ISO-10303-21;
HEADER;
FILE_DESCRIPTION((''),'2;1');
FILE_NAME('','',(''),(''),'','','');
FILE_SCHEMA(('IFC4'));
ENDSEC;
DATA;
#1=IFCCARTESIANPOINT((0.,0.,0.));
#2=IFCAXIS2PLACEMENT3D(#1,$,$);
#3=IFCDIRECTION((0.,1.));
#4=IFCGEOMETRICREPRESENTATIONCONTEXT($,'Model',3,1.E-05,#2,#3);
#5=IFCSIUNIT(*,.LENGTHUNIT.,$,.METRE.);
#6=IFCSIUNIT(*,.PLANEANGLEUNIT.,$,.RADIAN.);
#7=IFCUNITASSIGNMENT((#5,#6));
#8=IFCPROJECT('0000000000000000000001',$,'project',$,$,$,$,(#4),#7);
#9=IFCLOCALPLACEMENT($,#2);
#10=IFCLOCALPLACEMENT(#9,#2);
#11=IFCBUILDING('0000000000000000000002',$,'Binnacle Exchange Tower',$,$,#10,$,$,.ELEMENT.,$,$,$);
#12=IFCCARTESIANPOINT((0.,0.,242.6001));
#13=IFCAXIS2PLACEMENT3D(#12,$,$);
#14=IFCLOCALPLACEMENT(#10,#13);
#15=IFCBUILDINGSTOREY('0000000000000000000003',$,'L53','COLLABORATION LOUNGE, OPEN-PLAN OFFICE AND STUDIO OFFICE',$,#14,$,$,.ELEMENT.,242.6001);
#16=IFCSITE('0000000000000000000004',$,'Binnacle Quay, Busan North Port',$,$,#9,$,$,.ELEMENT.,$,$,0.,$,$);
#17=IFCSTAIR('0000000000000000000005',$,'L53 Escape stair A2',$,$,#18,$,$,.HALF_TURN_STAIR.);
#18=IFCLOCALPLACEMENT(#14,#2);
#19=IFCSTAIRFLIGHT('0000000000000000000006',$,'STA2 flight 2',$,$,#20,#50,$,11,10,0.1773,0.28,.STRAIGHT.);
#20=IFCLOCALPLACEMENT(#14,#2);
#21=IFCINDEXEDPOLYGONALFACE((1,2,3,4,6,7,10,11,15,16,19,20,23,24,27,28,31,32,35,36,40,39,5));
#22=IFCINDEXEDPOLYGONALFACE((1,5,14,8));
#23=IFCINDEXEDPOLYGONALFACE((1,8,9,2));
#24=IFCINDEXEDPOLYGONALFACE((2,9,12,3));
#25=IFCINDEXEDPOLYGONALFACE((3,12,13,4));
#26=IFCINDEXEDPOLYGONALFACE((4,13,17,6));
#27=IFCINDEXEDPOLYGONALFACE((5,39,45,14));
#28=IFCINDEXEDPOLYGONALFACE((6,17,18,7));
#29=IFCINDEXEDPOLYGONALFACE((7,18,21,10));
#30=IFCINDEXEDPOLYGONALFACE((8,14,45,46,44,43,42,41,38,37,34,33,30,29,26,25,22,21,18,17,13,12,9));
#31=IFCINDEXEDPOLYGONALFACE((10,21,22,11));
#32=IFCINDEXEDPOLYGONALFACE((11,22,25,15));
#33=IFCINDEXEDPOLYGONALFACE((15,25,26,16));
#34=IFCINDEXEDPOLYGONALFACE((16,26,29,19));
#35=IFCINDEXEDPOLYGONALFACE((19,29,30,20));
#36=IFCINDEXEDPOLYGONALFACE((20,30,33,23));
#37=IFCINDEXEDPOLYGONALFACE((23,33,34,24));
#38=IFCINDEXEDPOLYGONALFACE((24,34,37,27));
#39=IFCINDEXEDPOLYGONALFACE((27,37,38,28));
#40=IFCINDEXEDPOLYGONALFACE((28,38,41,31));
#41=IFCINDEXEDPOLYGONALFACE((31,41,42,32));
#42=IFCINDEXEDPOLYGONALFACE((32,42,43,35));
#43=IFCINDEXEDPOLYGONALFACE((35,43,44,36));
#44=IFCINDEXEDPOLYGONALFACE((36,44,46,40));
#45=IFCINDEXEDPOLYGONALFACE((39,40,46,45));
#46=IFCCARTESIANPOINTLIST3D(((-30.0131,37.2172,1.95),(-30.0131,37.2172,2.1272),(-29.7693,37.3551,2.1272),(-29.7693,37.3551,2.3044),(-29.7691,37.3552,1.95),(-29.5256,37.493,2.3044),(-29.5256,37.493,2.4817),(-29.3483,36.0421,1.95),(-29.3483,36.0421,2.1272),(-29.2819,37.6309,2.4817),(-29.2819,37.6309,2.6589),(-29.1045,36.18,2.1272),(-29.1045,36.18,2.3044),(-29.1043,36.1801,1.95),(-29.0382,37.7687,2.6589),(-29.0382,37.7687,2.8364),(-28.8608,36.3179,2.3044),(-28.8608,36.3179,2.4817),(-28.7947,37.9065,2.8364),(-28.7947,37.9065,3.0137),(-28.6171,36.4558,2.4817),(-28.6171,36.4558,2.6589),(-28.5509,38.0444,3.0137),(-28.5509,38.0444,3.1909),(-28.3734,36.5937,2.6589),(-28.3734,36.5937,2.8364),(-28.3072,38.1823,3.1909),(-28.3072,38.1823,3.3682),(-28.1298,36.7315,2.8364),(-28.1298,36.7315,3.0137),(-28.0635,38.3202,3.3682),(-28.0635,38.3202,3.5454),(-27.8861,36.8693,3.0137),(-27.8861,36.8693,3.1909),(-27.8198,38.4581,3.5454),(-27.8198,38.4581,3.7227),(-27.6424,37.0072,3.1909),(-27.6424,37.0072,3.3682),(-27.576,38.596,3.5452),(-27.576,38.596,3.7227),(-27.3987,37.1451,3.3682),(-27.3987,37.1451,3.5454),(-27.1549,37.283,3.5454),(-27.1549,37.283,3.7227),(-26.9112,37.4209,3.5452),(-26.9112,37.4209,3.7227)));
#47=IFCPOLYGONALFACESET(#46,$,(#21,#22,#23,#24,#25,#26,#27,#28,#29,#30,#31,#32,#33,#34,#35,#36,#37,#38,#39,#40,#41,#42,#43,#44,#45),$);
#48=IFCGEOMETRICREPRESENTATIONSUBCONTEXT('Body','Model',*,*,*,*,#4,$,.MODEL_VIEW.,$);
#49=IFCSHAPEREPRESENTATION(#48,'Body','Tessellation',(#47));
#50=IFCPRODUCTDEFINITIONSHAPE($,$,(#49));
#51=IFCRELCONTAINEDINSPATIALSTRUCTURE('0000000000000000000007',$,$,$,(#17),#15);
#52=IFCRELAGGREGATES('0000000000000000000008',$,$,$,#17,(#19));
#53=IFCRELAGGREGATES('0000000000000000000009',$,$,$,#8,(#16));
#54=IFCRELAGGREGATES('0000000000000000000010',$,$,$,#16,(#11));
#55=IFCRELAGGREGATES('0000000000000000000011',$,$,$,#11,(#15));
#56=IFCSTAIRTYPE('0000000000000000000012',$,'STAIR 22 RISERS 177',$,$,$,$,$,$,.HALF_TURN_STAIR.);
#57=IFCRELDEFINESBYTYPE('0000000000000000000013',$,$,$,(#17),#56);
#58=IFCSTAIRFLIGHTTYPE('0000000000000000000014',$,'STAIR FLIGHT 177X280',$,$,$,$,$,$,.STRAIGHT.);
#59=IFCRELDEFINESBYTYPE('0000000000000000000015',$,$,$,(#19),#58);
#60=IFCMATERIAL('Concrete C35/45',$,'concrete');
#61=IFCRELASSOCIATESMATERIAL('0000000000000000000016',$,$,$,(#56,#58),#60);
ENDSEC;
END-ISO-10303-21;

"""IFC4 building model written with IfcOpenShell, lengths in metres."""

from ifc_helpers import new_model, si_unit, direction, frame, origin, place, context, subcontext, project, spatial, polyline, outline, extrude, material, type_object, element, aggregate, save


model = new_model("IFC4")

# Units and contexts
model_context = context("Model", 3, precision=1e-05, world=origin(), true_north=direction((0.0, 1.0)))
body_context = subcontext(model_context, "Body", "Model", "MODEL_VIEW")
ifc_project = project(units=[si_unit("LENGTHUNIT", "METRE"), si_unit("PLANEANGLEUNIT", "RADIAN")], contexts=[model_context])

# Site, building, storey
site_placement = place(None, origin())
site = spatial("IfcSite", under=ifc_project, at=site_placement, Name="Binnacle Quay, Busan North Port", CompositionType="ELEMENT", RefElevation=0.0)
building_placement = place(site_placement, origin())
building = spatial("IfcBuilding", under=site, at=building_placement, Name="Binnacle Exchange Tower", CompositionType="ELEMENT")
storey_placement = place(building_placement, frame((0.0, 0.0, 242.6001)))
storey = spatial("IfcBuildingStorey", under=building, at=storey_placement, Name="L53", Description="COLLABORATION LOUNGE, OPEN-PLAN OFFICE AND STUDIO OFFICE", CompositionType="ELEMENT", Elevation=242.6001)

# Stair, stair flight
ifc_material_1 = material(Name="Concrete C35/45", Category="concrete")
stair_type = type_object("IfcStairType", Name="STAIR 22 RISERS 177", PredefinedType="HALF_TURN_STAIR", material=ifc_material_1)
stair_placement = place(storey_placement, origin())
stair = element("IfcStair", 1, at=stair_placement, inside=storey, type_object=stair_type, Name="L53 Escape stair A2", PredefinedType="HALF_TURN_STAIR")
stair_flight_type = type_object("IfcStairFlightType", Name="STAIR FLIGHT 177X280", PredefinedType="STRAIGHT", material=ifc_material_1)
stair_flight_1_placement = place(storey_placement, frame((-29.6807, 36.6296, 1.95), z_axis=(0.0, 0.0, 1.0), x_axis=(0.870356, 0.492424, 0.0)))
stair_flight_1 = element("IfcStairFlight", 2, at=stair_flight_1_placement, type_object=stair_flight_type, Name="STA2 flight 2", NumberOfRisers=11, NumberOfTreads=10, PredefinedType="STRAIGHT", RiserHeight=0.1773, TreadLength=0.28, context=body_context, shape_type="SweptSolid", body=[
    extrude(outline(polyline([(0.0, 0.0), (0.0, 0.1772), (0.28, 0.1772), (0.28, 0.3545), (0.5601, 0.3545), (0.5601, 0.5317), (0.8401, 0.5317), (0.8401, 0.709), (1.1201, 0.709), (1.1201, 0.8865), (1.3999, 0.8865), (1.3999, 1.0637), (1.6799, 1.0637), (1.6799, 1.241), (1.96, 1.241), (1.96, 1.4182), (2.24, 1.4182), (2.24, 1.5955), (2.52, 1.5955), (2.52, 1.7727), (2.8, 1.7727), (2.8, 1.95), (2.8, 1.5952), (0.2803, 0.0), (0.0, 0.0)])), frame((0.0, 0.675, 0.0), z_axis=(0.0, -1.0, 0.0), x_axis=(1.0, 0.0, 0.0)), (0.0, 0.0, 1.0), 1.3501),
])
aggregate(stair, [stair_flight_1])

save(model, "model.ifc")
